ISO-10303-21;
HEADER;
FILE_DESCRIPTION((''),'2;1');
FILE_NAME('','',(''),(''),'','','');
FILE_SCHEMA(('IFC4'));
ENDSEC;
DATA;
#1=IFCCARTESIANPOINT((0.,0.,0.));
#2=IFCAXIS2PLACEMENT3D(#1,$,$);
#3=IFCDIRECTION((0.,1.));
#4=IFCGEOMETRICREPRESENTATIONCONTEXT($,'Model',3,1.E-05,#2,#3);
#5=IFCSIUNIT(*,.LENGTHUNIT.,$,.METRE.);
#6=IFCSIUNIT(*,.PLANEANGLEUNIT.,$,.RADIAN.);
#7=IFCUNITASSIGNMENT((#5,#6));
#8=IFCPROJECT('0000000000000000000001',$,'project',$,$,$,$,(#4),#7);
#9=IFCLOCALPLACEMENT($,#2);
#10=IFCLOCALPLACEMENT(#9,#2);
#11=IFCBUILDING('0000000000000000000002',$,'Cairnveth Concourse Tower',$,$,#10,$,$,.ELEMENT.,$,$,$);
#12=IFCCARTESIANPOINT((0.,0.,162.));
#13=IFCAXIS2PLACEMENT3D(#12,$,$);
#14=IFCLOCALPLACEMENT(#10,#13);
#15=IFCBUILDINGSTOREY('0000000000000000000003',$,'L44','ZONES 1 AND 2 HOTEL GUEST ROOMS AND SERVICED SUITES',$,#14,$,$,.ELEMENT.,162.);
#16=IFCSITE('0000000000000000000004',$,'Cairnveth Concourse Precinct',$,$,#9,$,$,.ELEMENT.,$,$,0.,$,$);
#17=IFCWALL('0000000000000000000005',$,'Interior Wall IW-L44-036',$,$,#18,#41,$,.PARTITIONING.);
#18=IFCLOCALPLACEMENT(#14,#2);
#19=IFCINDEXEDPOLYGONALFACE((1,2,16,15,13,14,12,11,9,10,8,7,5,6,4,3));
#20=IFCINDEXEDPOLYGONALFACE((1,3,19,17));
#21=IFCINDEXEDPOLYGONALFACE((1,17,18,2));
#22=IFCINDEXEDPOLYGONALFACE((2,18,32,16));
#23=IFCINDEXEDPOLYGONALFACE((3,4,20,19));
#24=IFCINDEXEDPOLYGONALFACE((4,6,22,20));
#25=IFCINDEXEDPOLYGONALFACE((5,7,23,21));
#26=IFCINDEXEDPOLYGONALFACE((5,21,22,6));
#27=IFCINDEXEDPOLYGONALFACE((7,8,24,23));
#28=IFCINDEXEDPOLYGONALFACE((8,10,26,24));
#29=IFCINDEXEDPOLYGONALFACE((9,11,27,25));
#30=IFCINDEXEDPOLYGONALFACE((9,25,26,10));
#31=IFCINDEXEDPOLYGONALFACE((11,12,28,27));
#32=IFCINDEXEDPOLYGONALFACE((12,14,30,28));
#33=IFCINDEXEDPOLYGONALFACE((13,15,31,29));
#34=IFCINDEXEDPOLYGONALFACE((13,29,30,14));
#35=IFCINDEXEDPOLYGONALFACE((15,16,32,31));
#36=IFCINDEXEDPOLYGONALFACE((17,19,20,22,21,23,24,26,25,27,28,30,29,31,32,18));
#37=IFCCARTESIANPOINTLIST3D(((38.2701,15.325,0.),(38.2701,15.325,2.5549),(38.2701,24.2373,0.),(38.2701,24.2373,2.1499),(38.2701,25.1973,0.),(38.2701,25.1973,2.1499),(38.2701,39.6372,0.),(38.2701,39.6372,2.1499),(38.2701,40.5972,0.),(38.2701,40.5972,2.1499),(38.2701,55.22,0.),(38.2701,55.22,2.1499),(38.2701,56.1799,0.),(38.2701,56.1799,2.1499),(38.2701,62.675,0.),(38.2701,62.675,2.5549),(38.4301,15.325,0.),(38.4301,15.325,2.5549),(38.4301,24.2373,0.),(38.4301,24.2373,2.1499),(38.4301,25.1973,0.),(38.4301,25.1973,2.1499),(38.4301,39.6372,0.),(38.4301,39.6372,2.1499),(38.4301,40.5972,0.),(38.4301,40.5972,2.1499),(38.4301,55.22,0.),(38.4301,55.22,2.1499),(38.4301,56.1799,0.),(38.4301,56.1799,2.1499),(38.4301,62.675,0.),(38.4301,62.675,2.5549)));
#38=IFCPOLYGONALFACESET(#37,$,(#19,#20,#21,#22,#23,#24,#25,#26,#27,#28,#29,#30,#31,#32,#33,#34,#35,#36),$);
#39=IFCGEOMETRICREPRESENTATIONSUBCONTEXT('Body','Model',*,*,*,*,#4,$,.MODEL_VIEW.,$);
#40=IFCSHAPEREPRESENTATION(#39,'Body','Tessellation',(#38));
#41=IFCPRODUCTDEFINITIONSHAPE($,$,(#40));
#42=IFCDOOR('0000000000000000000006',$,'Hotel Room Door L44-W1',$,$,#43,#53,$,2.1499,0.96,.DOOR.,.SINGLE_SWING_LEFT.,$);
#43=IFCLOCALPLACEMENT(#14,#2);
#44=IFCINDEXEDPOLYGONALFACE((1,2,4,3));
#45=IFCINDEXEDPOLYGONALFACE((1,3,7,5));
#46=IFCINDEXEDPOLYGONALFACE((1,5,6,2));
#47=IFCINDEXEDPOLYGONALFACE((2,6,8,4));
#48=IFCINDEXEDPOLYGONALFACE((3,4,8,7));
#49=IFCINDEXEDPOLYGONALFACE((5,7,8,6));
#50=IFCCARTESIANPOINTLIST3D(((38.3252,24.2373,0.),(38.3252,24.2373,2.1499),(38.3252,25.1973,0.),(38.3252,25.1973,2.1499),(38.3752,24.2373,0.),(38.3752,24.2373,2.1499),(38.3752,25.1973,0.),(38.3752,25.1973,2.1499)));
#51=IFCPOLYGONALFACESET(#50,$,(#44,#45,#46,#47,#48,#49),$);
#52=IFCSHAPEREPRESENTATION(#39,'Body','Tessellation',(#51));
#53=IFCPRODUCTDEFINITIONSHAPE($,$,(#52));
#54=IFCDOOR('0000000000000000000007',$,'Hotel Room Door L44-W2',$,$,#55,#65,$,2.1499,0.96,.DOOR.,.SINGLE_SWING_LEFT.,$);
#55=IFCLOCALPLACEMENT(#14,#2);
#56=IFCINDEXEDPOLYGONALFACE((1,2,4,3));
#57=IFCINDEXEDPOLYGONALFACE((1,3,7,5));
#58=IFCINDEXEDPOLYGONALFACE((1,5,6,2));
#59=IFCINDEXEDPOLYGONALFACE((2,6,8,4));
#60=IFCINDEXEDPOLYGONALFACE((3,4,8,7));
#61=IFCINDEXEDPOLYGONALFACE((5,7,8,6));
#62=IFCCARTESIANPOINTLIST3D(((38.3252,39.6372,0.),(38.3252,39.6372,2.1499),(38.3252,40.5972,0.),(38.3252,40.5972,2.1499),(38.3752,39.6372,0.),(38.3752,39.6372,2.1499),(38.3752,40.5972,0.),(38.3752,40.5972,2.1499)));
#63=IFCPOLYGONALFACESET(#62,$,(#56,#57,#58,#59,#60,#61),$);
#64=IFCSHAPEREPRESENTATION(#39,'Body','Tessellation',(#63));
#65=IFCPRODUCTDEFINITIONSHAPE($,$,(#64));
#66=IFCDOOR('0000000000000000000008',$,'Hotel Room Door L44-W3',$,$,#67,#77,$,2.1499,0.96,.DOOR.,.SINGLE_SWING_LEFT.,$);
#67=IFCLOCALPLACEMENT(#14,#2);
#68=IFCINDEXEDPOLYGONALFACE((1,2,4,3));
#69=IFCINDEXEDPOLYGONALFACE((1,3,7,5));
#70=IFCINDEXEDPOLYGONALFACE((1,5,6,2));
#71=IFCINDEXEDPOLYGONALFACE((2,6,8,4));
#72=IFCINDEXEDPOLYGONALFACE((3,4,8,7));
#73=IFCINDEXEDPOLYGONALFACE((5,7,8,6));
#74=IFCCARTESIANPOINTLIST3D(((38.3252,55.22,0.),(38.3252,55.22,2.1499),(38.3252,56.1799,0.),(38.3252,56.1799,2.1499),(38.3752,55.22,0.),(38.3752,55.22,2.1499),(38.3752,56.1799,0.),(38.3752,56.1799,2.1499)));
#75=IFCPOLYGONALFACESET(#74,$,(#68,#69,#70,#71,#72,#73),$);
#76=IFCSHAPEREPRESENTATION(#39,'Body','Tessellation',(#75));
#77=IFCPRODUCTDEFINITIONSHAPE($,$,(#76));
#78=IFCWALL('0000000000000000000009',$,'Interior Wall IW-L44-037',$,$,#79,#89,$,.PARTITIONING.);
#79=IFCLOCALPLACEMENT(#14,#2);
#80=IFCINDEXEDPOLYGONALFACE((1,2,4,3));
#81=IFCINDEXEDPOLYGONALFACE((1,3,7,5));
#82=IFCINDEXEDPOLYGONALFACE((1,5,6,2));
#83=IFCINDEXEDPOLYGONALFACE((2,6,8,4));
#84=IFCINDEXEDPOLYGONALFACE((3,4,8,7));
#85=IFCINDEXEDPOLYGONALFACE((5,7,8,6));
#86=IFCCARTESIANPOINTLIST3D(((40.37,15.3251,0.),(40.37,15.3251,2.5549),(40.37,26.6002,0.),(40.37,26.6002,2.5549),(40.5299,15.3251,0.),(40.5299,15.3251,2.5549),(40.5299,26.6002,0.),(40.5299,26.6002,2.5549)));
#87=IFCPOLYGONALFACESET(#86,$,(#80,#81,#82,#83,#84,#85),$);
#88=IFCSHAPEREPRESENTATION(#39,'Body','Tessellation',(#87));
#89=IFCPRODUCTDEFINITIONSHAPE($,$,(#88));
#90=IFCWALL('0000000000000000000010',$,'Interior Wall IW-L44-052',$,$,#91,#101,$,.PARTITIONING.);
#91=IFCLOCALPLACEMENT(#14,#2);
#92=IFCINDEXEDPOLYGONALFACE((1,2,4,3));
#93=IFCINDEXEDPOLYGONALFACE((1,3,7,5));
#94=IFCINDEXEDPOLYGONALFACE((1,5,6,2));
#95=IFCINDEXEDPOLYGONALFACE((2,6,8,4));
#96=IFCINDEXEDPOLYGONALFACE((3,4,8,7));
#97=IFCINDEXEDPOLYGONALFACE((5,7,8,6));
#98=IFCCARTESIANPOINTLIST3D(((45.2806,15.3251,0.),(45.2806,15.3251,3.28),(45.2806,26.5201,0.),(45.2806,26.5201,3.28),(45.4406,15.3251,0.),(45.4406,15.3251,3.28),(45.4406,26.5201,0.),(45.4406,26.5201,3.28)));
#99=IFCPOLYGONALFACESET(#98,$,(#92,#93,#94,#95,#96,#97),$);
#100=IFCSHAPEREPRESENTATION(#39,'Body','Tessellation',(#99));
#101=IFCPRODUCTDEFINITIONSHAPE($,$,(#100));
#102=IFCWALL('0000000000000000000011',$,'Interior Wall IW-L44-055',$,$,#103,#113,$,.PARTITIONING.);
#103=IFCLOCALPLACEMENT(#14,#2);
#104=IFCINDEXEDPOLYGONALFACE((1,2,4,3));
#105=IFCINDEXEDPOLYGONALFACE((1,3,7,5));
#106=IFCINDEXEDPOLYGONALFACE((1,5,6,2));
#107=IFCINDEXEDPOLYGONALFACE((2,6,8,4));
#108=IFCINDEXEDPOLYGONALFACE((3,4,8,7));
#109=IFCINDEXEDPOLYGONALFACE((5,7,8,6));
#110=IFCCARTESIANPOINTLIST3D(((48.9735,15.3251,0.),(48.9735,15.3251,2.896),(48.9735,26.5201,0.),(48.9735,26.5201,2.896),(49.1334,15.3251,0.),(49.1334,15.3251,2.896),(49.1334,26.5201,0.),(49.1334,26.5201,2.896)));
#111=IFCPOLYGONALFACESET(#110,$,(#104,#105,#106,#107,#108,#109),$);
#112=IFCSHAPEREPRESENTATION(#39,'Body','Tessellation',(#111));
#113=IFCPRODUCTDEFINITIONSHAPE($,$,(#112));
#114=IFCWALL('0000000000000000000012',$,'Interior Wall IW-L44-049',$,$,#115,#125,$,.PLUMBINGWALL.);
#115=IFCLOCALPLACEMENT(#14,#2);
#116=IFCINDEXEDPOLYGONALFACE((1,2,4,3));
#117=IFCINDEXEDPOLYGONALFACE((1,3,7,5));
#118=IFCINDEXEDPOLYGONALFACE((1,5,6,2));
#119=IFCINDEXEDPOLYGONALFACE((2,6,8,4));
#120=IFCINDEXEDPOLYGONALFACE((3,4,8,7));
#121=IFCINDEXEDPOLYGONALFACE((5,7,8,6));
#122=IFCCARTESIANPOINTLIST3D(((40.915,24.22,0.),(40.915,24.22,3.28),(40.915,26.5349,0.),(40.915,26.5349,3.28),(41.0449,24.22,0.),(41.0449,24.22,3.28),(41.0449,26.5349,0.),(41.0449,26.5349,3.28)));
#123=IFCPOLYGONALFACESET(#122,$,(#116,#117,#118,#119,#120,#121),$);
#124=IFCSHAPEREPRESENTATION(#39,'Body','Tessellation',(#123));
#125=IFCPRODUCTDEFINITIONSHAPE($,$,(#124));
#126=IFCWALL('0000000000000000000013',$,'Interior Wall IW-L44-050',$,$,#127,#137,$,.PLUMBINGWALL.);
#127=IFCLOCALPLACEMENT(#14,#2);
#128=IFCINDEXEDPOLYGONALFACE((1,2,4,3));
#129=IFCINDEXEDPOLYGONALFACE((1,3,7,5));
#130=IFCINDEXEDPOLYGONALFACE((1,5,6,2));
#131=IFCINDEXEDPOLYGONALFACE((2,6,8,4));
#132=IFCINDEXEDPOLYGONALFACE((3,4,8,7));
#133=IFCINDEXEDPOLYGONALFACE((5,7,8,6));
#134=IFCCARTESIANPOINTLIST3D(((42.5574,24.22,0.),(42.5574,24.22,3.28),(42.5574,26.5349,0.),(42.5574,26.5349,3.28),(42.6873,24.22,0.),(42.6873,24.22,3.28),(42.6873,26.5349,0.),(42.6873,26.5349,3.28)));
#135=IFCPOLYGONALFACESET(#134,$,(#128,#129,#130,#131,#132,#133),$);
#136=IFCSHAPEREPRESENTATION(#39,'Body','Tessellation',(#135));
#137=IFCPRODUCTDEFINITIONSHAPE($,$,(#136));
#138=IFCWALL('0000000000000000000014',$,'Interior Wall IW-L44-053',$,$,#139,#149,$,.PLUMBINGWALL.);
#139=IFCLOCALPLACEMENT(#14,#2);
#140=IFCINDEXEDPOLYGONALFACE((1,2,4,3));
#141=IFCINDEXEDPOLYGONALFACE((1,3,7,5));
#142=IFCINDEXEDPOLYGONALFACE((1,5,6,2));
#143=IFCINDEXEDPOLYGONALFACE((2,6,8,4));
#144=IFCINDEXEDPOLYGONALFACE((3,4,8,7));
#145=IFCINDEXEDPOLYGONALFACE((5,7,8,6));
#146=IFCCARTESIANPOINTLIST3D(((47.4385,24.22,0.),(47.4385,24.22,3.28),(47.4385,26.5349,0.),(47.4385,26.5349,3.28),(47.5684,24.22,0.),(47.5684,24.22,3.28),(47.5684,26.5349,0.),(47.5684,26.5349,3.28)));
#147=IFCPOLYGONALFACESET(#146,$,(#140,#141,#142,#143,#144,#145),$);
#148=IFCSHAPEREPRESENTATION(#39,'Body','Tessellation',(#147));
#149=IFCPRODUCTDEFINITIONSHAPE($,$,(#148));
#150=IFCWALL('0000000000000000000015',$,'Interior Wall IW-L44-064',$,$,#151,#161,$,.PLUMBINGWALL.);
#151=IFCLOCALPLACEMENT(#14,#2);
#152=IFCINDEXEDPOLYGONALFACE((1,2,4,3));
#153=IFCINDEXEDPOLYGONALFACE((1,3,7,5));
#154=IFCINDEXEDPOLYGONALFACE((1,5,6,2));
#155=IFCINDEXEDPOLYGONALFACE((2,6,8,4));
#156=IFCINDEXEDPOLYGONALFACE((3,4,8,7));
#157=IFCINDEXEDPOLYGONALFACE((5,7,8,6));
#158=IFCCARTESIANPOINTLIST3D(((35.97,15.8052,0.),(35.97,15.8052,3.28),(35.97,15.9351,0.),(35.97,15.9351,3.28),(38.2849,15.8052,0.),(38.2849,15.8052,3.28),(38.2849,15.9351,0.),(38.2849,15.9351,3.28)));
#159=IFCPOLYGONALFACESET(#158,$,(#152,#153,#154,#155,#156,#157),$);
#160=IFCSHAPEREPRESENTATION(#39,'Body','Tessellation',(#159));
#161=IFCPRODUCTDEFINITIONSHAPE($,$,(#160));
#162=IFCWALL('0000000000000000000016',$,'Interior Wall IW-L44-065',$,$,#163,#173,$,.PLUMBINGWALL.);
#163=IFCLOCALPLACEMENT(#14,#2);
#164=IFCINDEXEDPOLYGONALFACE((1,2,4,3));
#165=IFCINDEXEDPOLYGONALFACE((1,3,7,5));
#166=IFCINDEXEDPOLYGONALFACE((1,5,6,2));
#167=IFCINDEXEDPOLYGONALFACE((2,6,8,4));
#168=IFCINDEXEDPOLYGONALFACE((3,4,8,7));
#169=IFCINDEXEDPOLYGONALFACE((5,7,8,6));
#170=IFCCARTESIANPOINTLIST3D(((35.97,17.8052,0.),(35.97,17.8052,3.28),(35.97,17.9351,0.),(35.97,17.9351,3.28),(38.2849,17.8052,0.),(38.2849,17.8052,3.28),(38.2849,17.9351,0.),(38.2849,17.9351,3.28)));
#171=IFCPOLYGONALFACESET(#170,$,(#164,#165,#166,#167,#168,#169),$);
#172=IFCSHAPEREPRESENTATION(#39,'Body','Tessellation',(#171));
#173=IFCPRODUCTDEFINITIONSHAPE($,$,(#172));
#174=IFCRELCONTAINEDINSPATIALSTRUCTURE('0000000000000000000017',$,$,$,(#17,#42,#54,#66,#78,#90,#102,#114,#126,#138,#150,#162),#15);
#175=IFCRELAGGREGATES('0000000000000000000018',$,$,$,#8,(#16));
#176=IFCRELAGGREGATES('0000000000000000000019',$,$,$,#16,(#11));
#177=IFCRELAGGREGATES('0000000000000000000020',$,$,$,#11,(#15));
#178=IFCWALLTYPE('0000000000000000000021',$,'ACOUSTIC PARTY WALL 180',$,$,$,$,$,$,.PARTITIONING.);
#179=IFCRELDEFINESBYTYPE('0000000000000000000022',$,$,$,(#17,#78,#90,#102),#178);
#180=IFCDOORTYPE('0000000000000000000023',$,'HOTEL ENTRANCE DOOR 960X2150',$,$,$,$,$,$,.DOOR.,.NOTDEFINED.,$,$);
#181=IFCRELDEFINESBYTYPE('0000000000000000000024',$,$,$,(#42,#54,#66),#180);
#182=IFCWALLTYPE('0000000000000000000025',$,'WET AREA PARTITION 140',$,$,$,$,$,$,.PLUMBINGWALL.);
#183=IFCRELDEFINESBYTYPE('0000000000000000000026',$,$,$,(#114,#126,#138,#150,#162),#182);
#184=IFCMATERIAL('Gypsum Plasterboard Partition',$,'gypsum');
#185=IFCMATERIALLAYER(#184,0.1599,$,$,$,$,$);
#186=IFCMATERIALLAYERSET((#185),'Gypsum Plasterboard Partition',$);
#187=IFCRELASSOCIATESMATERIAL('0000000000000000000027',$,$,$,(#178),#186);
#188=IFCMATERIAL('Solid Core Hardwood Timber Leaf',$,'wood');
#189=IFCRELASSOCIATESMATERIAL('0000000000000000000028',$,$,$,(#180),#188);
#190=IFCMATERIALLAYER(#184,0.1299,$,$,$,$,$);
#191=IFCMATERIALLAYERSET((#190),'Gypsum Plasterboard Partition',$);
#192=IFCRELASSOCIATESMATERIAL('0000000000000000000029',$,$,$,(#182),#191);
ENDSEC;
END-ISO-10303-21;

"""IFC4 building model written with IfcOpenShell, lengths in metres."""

from ifc_helpers import new_model, si_unit, direction, frame, frame_2d, origin, place, context, subcontext, project, spatial, rectangle, extrude, material, layer, layer_set, type_object, element, fill, save


model = new_model("IFC4")

# Units and contexts
model_context = context("Model", 3, precision=1e-05, world=origin(), true_north=direction((0.0, 1.0)))
body_context = subcontext(model_context, "Body", "Model", "MODEL_VIEW")
ifc_project = project(units=[si_unit("LENGTHUNIT", "METRE"), si_unit("PLANEANGLEUNIT", "RADIAN")], contexts=[model_context])

# Site, building, storey
site_placement = place(None, origin())
site = spatial("IfcSite", under=ifc_project, at=site_placement, Name="Cairnveth Concourse Precinct", CompositionType="ELEMENT", RefElevation=0.0)
building_placement = place(site_placement, origin())
building = spatial("IfcBuilding", under=site, at=building_placement, Name="Cairnveth Concourse Tower", CompositionType="ELEMENT")
storey_placement = place(building_placement, frame((0.0, 0.0, 162.0)))
storey = spatial("IfcBuildingStorey", under=building, at=storey_placement, Name="L44", Description="ZONES 1 AND 2 HOTEL GUEST ROOMS AND SERVICED SUITES", CompositionType="ELEMENT", Elevation=162.0)

# Wall, openings, doors
ifc_material_1 = material(Name="Gypsum Plasterboard Partition", Category="gypsum")
ifc_layer_1 = layer(ifc_material_1, 0.1599)
ifc_layer_set_1 = layer_set([ifc_layer_1], Name="Gypsum Plasterboard Partition")
wall_type_1 = type_object("IfcWallType", Name="ACOUSTIC PARTY WALL 180", PredefinedType="PARTITIONING", material=ifc_layer_set_1)
wall_1_placement = place(storey_placement, frame((38.3501, 15.325, 0.0), z_axis=(0.0, 0.0, 1.0), x_axis=(0.0, 1.0, 0.0)))
wall_1 = element("IfcWall", 1, at=wall_1_placement, inside=storey, type_object=wall_type_1, Name="Interior Wall IW-L44-036", PredefinedType="PARTITIONING", context=body_context, shape_type="SweptSolid", body=[
    extrude(rectangle(XDim=47.3501, YDim=0.1599, at=frame_2d((23.675, 0.0))), origin(), (0.0, 0.0, 1.0), 2.5549),
])
opening_1_placement = place(wall_1_placement, frame((8.9124, 0.0, 0.0)))
opening_1 = element("IfcOpeningElement", 2, at=opening_1_placement, cuts=wall_1, PredefinedType="OPENING", context=body_context, shape_type="SweptSolid", body=[
    extrude(rectangle(XDim=0.96, YDim=2.1499, at=frame_2d((0.48, 1.075))), frame((0.0, 0.0898, 0.0), z_axis=(0.0, -1.0, 0.0), x_axis=(1.0, 0.0, 0.0)), (0.0, 0.0, 1.0), 0.1799),
])
opening_2_placement = place(wall_1_placement, frame((24.3123, 0.0, 0.0)))
opening_2 = element("IfcOpeningElement", 3, at=opening_2_placement, cuts=wall_1, PredefinedType="OPENING", context=body_context, shape_type="SweptSolid", body=[
    extrude(rectangle(XDim=0.96, YDim=2.1499, at=frame_2d((0.48, 1.075))), frame((0.0, 0.0898, 0.0), z_axis=(0.0, -1.0, 0.0), x_axis=(1.0, 0.0, 0.0)), (0.0, 0.0, 1.0), 0.1799),
])
opening_3_placement = place(wall_1_placement, frame((39.895, 0.0, 0.0)))
opening_3 = element("IfcOpeningElement", 4, at=opening_3_placement, cuts=wall_1, PredefinedType="OPENING", context=body_context, shape_type="SweptSolid", body=[
    extrude(rectangle(XDim=0.96, YDim=2.1499, at=frame_2d((0.48, 1.075))), frame((0.0, 0.0898, 0.0), z_axis=(0.0, -1.0, 0.0), x_axis=(1.0, 0.0, 0.0)), (0.0, 0.0, 1.0), 0.1799),
])
ifc_material_2 = material(Name="Solid Core Hardwood Timber Leaf", Category="wood")
door_type_1 = type_object("IfcDoorType", Name="HOTEL ENTRANCE DOOR 960X2150", OperationType="NOTDEFINED", PredefinedType="DOOR", material=ifc_material_2)
door_1_placement = place(opening_1_placement, origin())
door_1 = element("IfcDoor", 5, at=door_1_placement, inside=storey, type_object=door_type_1, Name="Hotel Room Door L44-W1", OperationType="SINGLE_SWING_LEFT", OverallHeight=2.1499, OverallWidth=0.96, PredefinedType="DOOR", context=body_context, shape_type="SweptSolid", body=[
    extrude(rectangle(XDim=0.96, YDim=2.1499, at=frame_2d((0.48, 1.075))), frame((0.0, 0.0249, 0.0), z_axis=(0.0, -1.0, 0.0), x_axis=(1.0, 0.0, 0.0)), (0.0, 0.0, 1.0), 0.05),
])
fill(opening_1, door_1)
door_2_placement = place(opening_2_placement, origin())
door_2 = element("IfcDoor", 6, at=door_2_placement, inside=storey, type_object=door_type_1, Name="Hotel Room Door L44-W2", OperationType="SINGLE_SWING_LEFT", OverallHeight=2.1499, OverallWidth=0.96, PredefinedType="DOOR", context=body_context, shape_type="SweptSolid", body=[
    extrude(rectangle(XDim=0.96, YDim=2.1499, at=frame_2d((0.48, 1.075))), frame((0.0, 0.0249, 0.0), z_axis=(0.0, -1.0, 0.0), x_axis=(1.0, 0.0, 0.0)), (0.0, 0.0, 1.0), 0.05),
])
fill(opening_2, door_2)
door_3_placement = place(opening_3_placement, origin())
door_3 = element("IfcDoor", 7, at=door_3_placement, inside=storey, type_object=door_type_1, Name="Hotel Room Door L44-W3", OperationType="SINGLE_SWING_LEFT", OverallHeight=2.1499, OverallWidth=0.96, PredefinedType="DOOR", context=body_context, shape_type="SweptSolid", body=[
    extrude(rectangle(XDim=0.96, YDim=2.1499, at=frame_2d((0.48, 1.075))), frame((0.0, 0.0249, 0.0), z_axis=(0.0, -1.0, 0.0), x_axis=(1.0, 0.0, 0.0)), (0.0, 0.0, 1.0), 0.05),
])
fill(opening_3, door_3)

# Walls
wall_2_placement = place(storey_placement, frame((40.45, 15.325, 0.0), z_axis=(0.0, 0.0, 1.0), x_axis=(0.0, 1.0, 0.0)))
element("IfcWall", 8, at=wall_2_placement, inside=storey, type_object=wall_type_1, Name="Interior Wall IW-L44-037", PredefinedType="PARTITIONING", context=body_context, shape_type="SweptSolid", body=[
    extrude(rectangle(XDim=11.2751, YDim=0.1599, at=frame_2d((5.6377, 0.0))), origin(), (0.0, 0.0, 1.0), 2.5549),
])
wall_3_placement = place(storey_placement, frame((45.3606, 15.325, 0.0), z_axis=(0.0, 0.0, 1.0), x_axis=(0.0, 1.0, 0.0)))
element("IfcWall", 9, at=wall_3_placement, inside=storey, type_object=wall_type_1, Name="Interior Wall IW-L44-052", PredefinedType="PARTITIONING", context=body_context, shape_type="SweptSolid", body=[
    extrude(rectangle(XDim=11.1951, YDim=0.1599, at=frame_2d((5.5977, 0.0))), origin(), (0.0, 0.0, 1.0), 3.28),
])
wall_4_placement = place(storey_placement, frame((49.0535, 15.325, 0.0), z_axis=(0.0, 0.0, 1.0), x_axis=(0.0, 1.0, 0.0)))
element("IfcWall", 10, at=wall_4_placement, inside=storey, type_object=wall_type_1, Name="Interior Wall IW-L44-055", PredefinedType="PARTITIONING", context=body_context, shape_type="SweptSolid", body=[
    extrude(rectangle(XDim=11.1951, YDim=0.1599, at=frame_2d((5.5977, 0.0))), origin(), (0.0, 0.0, 1.0), 2.896),
])
ifc_layer_2 = layer(ifc_material_1, 0.1299)
ifc_layer_set_2 = layer_set([ifc_layer_2], Name="Gypsum Plasterboard Partition")
wall_type_2 = type_object("IfcWallType", Name="WET AREA PARTITION 140", PredefinedType="PLUMBINGWALL", material=ifc_layer_set_2)
for number, where, z_axis, x_axis, name in (
    (11, (40.98, 24.22, 0.0), (0.0, 0.0, 1.0), (0.0, 1.0, 0.0), "Interior Wall IW-L44-049"),
    (12, (42.6223, 24.22, 0.0), (0.0, 0.0, 1.0), (0.0, 1.0, 0.0), "Interior Wall IW-L44-050"),
    (13, (47.5034, 24.22, 0.0), (0.0, 0.0, 1.0), (0.0, 1.0, 0.0), "Interior Wall IW-L44-053"),
    (14, (35.97, 15.8701, 0.0), (0.0, 0.0, 1.0), (1.0, 0.0, 0.0), "Interior Wall IW-L44-064"),
    (15, (35.97, 17.8701, 0.0), (0.0, 0.0, 1.0), (1.0, 0.0, 0.0), "Interior Wall IW-L44-065"),
):
    element("IfcWall", number, at=place(storey_placement, frame(where, z_axis=z_axis, x_axis=x_axis)), inside=storey, type_object=wall_type_2, Name=name, PredefinedType="PLUMBINGWALL", context=body_context, shape_type="SweptSolid", body=[
        extrude(rectangle(XDim=2.3149, YDim=0.1299, at=frame_2d((1.1575, 0.0))), origin(), (0.0, 0.0, 1.0), 3.28),
    ])

save(model, "model.ifc")
